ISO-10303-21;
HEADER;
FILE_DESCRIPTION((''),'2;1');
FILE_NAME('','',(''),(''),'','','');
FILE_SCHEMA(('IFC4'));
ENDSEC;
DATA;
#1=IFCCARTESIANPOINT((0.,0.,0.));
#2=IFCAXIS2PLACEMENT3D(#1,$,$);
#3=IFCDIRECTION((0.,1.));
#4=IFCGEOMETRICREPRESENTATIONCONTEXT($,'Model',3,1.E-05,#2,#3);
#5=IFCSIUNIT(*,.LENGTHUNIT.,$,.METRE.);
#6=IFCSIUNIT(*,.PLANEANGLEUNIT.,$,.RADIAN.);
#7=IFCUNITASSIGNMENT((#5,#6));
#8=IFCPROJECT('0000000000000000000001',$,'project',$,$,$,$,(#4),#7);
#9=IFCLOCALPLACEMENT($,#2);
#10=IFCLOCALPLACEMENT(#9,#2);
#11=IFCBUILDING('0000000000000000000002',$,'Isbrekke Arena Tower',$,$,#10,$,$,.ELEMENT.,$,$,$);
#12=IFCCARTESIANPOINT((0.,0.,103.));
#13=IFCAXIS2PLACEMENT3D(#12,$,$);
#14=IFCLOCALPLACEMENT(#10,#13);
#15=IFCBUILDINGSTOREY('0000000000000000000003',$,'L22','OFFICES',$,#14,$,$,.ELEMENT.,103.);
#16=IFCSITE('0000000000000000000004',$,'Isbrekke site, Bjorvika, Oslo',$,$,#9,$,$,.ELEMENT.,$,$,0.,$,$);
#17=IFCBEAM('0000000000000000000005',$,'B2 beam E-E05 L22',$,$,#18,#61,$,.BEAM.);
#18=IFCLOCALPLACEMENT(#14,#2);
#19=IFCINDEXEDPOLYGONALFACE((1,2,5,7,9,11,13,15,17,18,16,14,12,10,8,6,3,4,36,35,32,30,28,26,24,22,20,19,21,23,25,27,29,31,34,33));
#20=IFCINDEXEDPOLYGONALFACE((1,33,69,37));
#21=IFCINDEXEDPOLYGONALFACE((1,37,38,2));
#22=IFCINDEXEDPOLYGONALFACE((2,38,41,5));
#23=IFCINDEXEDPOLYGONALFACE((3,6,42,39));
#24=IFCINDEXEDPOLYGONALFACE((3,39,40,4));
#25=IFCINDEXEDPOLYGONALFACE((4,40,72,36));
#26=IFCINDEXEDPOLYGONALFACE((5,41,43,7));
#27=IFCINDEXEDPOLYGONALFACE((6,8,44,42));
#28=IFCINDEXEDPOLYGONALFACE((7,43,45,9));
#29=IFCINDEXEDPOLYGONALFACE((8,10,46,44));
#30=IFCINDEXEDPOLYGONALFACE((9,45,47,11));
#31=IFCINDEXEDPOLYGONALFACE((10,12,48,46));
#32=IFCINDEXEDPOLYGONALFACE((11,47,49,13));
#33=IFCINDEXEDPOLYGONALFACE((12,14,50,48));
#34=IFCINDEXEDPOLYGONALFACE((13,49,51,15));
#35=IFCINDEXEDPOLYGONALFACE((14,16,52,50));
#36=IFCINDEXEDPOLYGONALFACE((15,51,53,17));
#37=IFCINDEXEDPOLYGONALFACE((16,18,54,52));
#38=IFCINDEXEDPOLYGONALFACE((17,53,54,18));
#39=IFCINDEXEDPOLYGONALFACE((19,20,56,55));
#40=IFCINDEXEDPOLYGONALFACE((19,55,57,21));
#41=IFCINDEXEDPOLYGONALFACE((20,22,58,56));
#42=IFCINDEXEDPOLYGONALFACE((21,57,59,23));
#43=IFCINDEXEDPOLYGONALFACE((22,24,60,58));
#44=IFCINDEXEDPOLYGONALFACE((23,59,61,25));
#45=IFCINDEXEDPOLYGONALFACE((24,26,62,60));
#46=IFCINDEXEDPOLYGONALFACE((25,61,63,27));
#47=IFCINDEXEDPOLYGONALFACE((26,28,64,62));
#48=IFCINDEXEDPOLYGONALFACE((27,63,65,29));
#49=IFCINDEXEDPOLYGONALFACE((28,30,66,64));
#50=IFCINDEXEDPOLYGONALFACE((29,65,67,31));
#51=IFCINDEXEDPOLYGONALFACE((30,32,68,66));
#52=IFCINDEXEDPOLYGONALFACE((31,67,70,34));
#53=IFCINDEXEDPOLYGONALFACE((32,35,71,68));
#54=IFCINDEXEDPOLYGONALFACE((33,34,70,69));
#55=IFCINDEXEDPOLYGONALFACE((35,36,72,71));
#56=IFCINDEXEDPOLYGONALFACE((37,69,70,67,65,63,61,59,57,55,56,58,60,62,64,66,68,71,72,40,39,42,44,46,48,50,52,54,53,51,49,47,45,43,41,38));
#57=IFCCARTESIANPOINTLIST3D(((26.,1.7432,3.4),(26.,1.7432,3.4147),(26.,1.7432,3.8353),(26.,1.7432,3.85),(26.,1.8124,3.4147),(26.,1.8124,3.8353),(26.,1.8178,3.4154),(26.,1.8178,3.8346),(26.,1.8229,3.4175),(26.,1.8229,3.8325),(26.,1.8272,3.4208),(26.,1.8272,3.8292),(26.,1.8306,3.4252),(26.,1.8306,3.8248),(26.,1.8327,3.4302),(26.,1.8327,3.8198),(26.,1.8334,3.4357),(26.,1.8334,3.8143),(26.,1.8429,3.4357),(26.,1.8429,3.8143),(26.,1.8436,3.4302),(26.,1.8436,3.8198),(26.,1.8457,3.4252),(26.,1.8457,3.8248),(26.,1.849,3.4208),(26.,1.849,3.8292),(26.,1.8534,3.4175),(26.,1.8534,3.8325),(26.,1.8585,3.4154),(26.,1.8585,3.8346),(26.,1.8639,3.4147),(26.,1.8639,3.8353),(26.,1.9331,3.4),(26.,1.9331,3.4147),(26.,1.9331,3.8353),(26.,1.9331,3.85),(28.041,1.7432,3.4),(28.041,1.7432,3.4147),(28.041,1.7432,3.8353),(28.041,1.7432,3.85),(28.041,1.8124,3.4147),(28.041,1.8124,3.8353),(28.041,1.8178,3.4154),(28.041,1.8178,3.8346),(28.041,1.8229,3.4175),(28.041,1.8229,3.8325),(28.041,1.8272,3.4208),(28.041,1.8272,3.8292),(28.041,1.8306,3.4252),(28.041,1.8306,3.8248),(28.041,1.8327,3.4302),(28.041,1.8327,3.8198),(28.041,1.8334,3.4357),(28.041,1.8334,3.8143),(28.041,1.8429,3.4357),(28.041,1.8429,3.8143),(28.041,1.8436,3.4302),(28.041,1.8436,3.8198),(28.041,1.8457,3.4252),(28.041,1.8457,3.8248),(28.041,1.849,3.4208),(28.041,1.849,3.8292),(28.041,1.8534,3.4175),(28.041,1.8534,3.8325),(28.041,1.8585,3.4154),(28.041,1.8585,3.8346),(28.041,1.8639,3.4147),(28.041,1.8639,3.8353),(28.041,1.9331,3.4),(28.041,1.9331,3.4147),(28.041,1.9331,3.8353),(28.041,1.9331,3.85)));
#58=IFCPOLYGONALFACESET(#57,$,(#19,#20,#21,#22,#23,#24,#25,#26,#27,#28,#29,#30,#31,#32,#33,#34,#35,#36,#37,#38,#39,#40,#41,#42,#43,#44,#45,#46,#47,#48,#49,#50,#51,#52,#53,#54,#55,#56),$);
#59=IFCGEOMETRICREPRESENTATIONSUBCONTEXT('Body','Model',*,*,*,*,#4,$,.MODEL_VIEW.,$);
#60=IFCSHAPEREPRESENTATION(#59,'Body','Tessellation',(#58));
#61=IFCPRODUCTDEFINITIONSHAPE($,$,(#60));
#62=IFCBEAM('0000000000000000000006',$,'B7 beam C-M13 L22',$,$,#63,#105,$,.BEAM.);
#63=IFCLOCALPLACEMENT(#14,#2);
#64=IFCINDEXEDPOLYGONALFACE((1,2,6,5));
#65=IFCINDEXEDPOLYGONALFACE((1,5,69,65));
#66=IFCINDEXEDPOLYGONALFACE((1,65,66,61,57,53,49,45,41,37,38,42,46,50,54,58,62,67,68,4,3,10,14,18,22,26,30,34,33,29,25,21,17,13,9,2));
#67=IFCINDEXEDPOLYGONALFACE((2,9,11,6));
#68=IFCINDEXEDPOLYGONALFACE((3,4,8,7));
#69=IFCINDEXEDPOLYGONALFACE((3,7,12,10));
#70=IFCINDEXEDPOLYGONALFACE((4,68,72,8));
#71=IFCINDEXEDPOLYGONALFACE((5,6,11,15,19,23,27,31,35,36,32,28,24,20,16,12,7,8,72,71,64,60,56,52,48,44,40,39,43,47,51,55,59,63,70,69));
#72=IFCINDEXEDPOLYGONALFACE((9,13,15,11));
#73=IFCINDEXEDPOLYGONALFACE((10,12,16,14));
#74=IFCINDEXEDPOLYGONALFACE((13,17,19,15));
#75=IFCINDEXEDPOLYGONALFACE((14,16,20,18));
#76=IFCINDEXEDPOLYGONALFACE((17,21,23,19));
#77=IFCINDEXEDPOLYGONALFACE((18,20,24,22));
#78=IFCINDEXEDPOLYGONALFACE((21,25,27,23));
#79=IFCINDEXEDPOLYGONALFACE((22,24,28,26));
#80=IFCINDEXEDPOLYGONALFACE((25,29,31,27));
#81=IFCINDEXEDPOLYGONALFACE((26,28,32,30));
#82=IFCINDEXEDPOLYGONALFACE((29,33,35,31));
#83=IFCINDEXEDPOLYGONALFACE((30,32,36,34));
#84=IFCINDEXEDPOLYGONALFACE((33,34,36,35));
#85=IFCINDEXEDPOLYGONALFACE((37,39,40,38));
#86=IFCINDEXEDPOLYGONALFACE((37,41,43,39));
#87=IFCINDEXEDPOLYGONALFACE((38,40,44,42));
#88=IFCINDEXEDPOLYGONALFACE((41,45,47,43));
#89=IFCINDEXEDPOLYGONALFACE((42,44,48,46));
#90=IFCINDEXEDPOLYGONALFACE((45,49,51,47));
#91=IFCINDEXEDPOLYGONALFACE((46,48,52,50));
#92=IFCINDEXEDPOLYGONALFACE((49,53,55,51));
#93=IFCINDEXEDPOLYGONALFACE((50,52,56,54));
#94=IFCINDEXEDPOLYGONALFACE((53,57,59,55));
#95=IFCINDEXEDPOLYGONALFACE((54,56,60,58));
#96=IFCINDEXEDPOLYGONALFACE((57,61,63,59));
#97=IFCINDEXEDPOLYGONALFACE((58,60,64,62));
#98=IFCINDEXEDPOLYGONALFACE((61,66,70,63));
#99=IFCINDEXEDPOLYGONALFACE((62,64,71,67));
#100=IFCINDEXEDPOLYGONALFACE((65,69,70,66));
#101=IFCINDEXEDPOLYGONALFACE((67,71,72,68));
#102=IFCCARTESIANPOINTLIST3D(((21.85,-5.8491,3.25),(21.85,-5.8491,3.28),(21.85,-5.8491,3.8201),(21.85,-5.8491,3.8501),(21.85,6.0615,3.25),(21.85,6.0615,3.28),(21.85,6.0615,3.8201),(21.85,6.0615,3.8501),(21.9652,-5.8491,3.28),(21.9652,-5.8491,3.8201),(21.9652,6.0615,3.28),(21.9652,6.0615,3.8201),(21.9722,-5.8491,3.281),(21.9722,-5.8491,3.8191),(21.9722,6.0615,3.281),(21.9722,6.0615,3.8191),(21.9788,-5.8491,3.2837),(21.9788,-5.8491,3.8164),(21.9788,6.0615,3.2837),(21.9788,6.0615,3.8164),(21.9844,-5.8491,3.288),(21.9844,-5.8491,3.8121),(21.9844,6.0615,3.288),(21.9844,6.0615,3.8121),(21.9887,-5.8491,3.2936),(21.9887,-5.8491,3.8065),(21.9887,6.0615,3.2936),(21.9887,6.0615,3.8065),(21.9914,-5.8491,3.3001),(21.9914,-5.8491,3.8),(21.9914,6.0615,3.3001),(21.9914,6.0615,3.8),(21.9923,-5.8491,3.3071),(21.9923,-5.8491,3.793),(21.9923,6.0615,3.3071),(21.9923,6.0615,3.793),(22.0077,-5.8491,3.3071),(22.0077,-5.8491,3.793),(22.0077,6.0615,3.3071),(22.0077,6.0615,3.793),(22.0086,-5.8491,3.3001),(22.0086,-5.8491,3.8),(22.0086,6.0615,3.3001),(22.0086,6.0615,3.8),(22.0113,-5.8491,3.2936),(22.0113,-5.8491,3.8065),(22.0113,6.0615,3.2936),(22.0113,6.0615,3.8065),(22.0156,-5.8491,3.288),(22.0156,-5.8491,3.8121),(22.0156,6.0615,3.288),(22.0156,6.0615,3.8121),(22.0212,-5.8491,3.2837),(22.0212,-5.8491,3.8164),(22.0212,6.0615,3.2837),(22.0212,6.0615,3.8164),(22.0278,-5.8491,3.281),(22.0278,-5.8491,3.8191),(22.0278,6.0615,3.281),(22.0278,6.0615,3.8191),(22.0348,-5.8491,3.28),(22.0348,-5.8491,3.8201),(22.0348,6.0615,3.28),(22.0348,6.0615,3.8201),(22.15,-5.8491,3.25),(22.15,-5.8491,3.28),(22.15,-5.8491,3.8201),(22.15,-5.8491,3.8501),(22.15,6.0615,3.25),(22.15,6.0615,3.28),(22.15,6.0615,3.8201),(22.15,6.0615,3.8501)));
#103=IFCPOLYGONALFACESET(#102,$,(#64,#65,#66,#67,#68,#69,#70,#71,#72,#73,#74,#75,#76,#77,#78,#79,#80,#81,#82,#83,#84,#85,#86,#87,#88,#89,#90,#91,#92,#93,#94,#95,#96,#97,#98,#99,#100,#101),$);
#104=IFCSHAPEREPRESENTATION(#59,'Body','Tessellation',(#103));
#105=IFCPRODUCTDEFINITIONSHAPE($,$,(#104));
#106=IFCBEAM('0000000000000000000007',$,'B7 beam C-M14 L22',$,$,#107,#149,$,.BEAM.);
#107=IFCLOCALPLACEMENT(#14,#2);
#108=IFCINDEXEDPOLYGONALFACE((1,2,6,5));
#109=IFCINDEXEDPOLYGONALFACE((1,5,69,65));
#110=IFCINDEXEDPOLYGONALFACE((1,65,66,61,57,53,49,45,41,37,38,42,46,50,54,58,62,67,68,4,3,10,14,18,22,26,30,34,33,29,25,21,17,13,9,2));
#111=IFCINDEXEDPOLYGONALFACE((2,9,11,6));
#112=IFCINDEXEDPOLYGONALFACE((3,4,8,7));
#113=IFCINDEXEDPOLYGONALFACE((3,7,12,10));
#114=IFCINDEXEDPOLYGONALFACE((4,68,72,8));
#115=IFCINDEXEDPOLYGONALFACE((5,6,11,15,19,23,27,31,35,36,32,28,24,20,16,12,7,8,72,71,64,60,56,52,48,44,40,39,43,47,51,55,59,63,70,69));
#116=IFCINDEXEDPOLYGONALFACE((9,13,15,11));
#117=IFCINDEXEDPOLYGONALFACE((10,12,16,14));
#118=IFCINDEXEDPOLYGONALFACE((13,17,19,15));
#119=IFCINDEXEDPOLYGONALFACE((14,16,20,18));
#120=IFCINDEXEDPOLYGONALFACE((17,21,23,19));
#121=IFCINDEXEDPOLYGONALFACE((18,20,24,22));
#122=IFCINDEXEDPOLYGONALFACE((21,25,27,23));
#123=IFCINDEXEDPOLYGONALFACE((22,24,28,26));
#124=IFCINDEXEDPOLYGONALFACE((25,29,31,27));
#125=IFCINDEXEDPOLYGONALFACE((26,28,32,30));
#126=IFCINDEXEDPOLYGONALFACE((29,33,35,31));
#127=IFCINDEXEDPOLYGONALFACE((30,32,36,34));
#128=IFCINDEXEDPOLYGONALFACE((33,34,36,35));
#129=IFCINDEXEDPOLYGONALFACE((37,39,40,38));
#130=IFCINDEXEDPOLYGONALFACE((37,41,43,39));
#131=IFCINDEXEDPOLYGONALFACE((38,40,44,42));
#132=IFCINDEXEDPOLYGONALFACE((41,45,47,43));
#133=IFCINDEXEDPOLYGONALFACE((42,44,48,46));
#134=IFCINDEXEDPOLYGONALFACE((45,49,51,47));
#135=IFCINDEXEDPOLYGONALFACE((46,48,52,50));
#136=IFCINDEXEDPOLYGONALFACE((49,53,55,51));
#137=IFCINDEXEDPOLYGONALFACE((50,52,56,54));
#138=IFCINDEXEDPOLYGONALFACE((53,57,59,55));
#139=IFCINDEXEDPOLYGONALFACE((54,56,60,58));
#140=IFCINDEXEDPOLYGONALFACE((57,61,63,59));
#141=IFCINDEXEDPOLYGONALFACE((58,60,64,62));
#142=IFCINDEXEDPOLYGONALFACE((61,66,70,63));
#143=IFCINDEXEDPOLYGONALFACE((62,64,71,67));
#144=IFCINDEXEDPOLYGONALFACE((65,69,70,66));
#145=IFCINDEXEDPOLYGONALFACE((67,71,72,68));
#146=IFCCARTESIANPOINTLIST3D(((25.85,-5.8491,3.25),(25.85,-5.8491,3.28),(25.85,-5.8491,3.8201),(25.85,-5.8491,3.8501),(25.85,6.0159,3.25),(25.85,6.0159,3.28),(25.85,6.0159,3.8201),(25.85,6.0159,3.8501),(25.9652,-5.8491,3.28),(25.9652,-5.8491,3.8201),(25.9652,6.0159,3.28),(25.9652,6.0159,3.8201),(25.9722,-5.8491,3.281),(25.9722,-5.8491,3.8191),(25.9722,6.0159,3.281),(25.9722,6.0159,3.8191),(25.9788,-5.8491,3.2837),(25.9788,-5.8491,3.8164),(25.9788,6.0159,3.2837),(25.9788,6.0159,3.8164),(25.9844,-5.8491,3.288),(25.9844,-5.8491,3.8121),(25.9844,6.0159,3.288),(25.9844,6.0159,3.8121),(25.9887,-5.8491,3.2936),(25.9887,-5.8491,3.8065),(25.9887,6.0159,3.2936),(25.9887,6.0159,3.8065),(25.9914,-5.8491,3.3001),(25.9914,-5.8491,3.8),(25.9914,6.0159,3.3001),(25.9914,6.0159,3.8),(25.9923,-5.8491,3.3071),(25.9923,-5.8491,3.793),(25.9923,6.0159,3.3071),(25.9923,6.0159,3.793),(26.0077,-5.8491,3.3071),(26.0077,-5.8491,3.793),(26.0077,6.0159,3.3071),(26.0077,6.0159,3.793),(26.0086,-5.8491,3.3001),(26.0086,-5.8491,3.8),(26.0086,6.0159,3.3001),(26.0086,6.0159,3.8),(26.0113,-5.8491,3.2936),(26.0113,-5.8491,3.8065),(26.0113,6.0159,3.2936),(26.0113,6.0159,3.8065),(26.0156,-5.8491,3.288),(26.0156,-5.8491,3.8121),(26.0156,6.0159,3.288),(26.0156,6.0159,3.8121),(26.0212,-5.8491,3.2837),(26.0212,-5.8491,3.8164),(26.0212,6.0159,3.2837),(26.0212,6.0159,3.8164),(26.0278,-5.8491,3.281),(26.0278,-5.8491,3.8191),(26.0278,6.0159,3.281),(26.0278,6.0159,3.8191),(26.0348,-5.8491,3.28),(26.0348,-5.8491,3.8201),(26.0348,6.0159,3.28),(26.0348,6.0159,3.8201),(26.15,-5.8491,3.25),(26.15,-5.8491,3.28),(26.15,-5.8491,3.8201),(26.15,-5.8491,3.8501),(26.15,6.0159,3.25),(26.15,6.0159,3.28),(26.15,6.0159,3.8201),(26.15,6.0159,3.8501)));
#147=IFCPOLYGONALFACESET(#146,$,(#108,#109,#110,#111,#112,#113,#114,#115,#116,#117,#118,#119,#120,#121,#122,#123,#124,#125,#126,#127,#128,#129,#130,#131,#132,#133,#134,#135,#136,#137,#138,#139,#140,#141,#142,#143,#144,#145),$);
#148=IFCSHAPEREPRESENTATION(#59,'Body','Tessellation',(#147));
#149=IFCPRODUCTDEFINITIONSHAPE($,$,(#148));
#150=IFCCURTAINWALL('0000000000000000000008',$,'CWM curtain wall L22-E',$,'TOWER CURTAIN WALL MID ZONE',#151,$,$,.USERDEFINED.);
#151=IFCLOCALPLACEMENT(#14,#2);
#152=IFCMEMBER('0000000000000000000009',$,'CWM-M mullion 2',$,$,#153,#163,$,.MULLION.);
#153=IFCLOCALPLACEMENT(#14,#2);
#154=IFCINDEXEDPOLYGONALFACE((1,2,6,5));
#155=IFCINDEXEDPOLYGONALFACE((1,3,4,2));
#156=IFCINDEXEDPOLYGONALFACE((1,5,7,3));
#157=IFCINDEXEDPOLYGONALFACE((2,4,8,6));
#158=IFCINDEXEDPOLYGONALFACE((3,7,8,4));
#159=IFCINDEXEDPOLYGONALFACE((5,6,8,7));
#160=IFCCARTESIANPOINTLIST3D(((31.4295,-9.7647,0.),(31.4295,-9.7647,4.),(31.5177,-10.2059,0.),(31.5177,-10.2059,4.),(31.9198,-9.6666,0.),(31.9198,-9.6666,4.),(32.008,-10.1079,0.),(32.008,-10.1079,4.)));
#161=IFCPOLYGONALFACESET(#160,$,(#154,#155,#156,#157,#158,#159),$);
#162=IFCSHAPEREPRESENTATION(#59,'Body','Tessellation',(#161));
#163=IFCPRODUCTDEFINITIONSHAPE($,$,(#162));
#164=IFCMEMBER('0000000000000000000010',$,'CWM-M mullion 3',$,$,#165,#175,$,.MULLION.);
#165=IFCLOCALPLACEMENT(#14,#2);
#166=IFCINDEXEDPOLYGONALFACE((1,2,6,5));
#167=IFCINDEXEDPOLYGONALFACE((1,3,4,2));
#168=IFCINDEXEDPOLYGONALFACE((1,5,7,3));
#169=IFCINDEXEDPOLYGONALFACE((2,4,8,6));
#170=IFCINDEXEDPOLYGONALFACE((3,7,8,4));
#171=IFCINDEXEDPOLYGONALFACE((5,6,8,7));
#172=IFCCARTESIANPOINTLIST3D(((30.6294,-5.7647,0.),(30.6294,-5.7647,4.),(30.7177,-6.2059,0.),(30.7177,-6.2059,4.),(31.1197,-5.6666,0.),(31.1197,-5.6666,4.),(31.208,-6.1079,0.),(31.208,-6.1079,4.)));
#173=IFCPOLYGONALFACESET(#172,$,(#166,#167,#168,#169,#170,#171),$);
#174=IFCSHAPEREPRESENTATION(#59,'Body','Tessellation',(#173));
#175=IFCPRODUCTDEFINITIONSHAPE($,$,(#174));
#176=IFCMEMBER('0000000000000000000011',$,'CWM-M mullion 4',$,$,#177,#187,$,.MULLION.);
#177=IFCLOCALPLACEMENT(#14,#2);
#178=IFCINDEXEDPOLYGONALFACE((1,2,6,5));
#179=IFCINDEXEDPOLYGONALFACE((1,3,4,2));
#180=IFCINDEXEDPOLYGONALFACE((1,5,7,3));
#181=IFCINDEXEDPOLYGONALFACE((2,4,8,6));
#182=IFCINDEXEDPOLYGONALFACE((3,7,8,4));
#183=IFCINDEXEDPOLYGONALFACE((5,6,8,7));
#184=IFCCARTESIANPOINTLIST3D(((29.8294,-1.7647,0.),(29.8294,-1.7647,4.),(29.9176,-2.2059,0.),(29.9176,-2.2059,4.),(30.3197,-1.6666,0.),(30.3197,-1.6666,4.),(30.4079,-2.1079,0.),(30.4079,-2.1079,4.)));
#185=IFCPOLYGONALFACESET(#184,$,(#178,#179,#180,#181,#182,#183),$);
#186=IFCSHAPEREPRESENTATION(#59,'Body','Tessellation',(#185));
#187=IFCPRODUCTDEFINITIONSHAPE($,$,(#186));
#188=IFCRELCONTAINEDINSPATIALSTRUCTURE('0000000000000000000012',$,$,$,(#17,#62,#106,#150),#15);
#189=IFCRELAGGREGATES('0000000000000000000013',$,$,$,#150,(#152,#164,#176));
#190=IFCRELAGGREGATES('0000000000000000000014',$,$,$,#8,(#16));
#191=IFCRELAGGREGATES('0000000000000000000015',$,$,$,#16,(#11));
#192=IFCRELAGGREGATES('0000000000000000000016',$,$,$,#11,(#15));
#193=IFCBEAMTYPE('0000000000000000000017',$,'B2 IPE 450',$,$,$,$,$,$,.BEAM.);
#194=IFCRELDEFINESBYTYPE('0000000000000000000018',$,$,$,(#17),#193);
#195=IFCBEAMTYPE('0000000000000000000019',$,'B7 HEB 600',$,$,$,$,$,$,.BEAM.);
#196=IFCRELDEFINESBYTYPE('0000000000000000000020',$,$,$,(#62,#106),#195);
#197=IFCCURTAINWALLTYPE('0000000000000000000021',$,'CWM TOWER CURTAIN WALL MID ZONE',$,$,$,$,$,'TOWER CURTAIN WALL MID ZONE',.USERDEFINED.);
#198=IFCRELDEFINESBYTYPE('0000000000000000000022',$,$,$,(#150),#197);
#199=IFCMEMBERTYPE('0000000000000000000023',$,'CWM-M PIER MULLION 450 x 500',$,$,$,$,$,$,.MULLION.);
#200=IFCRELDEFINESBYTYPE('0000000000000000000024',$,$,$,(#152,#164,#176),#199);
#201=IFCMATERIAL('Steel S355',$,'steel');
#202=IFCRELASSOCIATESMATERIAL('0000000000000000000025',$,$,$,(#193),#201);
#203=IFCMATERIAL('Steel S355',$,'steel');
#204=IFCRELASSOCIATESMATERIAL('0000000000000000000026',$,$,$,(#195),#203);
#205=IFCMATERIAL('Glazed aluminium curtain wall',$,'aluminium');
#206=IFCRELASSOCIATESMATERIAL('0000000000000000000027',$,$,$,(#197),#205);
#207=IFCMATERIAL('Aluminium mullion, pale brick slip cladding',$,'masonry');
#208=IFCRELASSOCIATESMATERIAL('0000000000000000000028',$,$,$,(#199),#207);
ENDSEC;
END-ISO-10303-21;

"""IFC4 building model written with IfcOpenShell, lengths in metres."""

from ifc_helpers import new_model, si_unit, direction, frame, origin, origin_2d, place, context, subcontext, project, spatial, rectangle, i_section, extrude, material, material_profile, profile_set, type_object, element, aggregate, save


model = new_model("IFC4")

# Units and contexts
model_context = context("Model", 3, precision=1e-05, world=origin(), true_north=direction((0.0, 1.0)))
body_context = subcontext(model_context, "Body", "Model", "MODEL_VIEW")
ifc_project = project(units=[si_unit("LENGTHUNIT", "METRE"), si_unit("PLANEANGLEUNIT", "RADIAN")], contexts=[model_context])

# Site, building, storey
site_placement = place(None, origin())
site = spatial("IfcSite", under=ifc_project, at=site_placement, Name="Isbrekke site, Bjorvika, Oslo", CompositionType="ELEMENT", RefElevation=0.0)
building_placement = place(site_placement, origin())
building = spatial("IfcBuilding", under=site, at=building_placement, Name="Isbrekke Arena Tower", CompositionType="ELEMENT")
storey_placement = place(building_placement, frame((0.0, 0.0, 103.0)))
storey = spatial("IfcBuildingStorey", under=building, at=storey_placement, Name="L22", Description="OFFICES", CompositionType="ELEMENT", Elevation=103.0)

# Beams
ifc_material_1 = material(Name="Steel S355", Category="steel")
ifc_material_profile_1 = material_profile(ifc_material_1, i_section(OverallWidth=0.1899, OverallDepth=0.45, WebThickness=0.0095, FlangeThickness=0.0146, FilletRadius=0.021, at=origin_2d()), Name="IPE 450")
ifc_profile_set_1 = profile_set([ifc_material_profile_1], Name="Steel S355")
beam_type_1 = type_object("IfcBeamType", Name="B2 IPE 450", PredefinedType="BEAM", material=ifc_profile_set_1)
beam_1_placement = place(storey_placement, frame((28.041, 1.8381, 3.625), z_axis=(-1.0, 0.0, 0.0), x_axis=(0.0, -1.0, 0.0)))
element("IfcBeam", 1, at=beam_1_placement, inside=storey, type_object=beam_type_1, Name="B2 beam E-E05 L22", PredefinedType="BEAM", context=body_context, shape_type="SweptSolid", body=[
    extrude(i_section(OverallWidth=0.1899, OverallDepth=0.45, WebThickness=0.0095, FlangeThickness=0.0146, FilletRadius=0.021, at=origin_2d()), origin(), (0.0, 0.0, 1.0), 2.041),
])
ifc_material_2 = material(Name="Steel S355", Category="steel")
ifc_material_profile_2 = material_profile(ifc_material_2, i_section(OverallWidth=0.3, OverallDepth=0.6001, WebThickness=0.0154, FlangeThickness=0.03, FilletRadius=0.0271, at=origin_2d()), Name="HEB 600")
ifc_profile_set_2 = profile_set([ifc_material_profile_2], Name="Steel S355")
beam_type_2 = type_object("IfcBeamType", Name="B7 HEB 600", PredefinedType="BEAM", material=ifc_profile_set_2)
beam_2_placement = place(storey_placement, frame((22.0, -5.8491, 3.55), z_axis=(0.0, 1.0, 0.0), x_axis=(-1.0, 0.0, 0.0)))
element("IfcBeam", 2, at=beam_2_placement, inside=storey, type_object=beam_type_2, Name="B7 beam C-M13 L22", PredefinedType="BEAM", context=body_context, shape_type="SweptSolid", body=[
    extrude(i_section(OverallWidth=0.3, OverallDepth=0.6001, WebThickness=0.0154, FlangeThickness=0.03, FilletRadius=0.0271, at=origin_2d()), origin(), (0.0, 0.0, 1.0), 11.9106),
])
beam_3_placement = place(storey_placement, frame((26.0, -5.8491, 3.55), z_axis=(0.0, 1.0, 0.0), x_axis=(-1.0, 0.0, 0.0)))
element("IfcBeam", 3, at=beam_3_placement, inside=storey, type_object=beam_type_2, Name="B7 beam C-M14 L22", PredefinedType="BEAM", context=body_context, shape_type="SweptSolid", body=[
    extrude(i_section(OverallWidth=0.3, OverallDepth=0.6001, WebThickness=0.0154, FlangeThickness=0.03, FilletRadius=0.0271, at=origin_2d()), origin(), (0.0, 0.0, 1.0), 11.865),
])

# Curtain wall, members
ifc_material_3 = material(Name="Glazed aluminium curtain wall", Category="aluminium")
curtain_wall_type = type_object("IfcCurtainWallType", Name="CWM TOWER CURTAIN WALL MID ZONE", ElementType="TOWER CURTAIN WALL MID ZONE", PredefinedType="USERDEFINED", material=ifc_material_3)
curtain_wall_placement = place(storey_placement, origin())
curtain_wall = element("IfcCurtainWall", 4, at=curtain_wall_placement, inside=storey, type_object=curtain_wall_type, Name="CWM curtain wall L22-E", ObjectType="TOWER CURTAIN WALL MID ZONE", PredefinedType="USERDEFINED")
ifc_material_4 = material(Name="Aluminium mullion, pale brick slip cladding", Category="masonry")
ifc_material_profile_3 = material_profile(ifc_material_4, rectangle(XDim=0.45, YDim=0.5, at=origin_2d()), Name="PIER 450X500")
ifc_profile_set_3 = profile_set([ifc_material_profile_3], Name="Aluminium mullion, pale brick slip cladding")
member_type_1 = type_object("IfcMemberType", Name="CWM-M PIER MULLION 450 x 500", PredefinedType="MULLION", material=ifc_profile_set_3)
member_1_placement = place(storey_placement, frame((31.7188, -9.9363, 0.0), z_axis=(0.0, 0.0, 1.0), x_axis=(-0.196116, 0.980581, 0.0)))
member_1 = element("IfcMember", 5, at=member_1_placement, type_object=member_type_1, Name="CWM-M mullion 2", PredefinedType="MULLION", context=body_context, shape_type="SweptSolid", body=[
    extrude(rectangle(XDim=0.45, YDim=0.5, at=origin_2d()), origin(), (0.0, 0.0, 1.0), 4.0),
])
member_2_placement = place(storey_placement, frame((30.9187, -5.9363, 0.0), z_axis=(0.0, 0.0, 1.0), x_axis=(-0.196116, 0.980581, 0.0)))
member_2 = element("IfcMember", 6, at=member_2_placement, type_object=member_type_1, Name="CWM-M mullion 3", PredefinedType="MULLION", context=body_context, shape_type="SweptSolid", body=[
    extrude(rectangle(XDim=0.45, YDim=0.5, at=origin_2d()), origin(), (0.0, 0.0, 1.0), 4.0),
])
member_3_placement = place(storey_placement, frame((30.1187, -1.9363, 0.0), z_axis=(0.0, 0.0, 1.0), x_axis=(-0.196116, 0.980581, 0.0)))
member_3 = element("IfcMember", 7, at=member_3_placement, type_object=member_type_1, Name="CWM-M mullion 4", PredefinedType="MULLION", context=body_context, shape_type="SweptSolid", body=[
    extrude(rectangle(XDim=0.45, YDim=0.5, at=origin_2d()), origin(), (0.0, 0.0, 1.0), 4.0),
])

aggregate(curtain_wall, [member_1, member_2, member_3])

save(model, "model.ifc")
